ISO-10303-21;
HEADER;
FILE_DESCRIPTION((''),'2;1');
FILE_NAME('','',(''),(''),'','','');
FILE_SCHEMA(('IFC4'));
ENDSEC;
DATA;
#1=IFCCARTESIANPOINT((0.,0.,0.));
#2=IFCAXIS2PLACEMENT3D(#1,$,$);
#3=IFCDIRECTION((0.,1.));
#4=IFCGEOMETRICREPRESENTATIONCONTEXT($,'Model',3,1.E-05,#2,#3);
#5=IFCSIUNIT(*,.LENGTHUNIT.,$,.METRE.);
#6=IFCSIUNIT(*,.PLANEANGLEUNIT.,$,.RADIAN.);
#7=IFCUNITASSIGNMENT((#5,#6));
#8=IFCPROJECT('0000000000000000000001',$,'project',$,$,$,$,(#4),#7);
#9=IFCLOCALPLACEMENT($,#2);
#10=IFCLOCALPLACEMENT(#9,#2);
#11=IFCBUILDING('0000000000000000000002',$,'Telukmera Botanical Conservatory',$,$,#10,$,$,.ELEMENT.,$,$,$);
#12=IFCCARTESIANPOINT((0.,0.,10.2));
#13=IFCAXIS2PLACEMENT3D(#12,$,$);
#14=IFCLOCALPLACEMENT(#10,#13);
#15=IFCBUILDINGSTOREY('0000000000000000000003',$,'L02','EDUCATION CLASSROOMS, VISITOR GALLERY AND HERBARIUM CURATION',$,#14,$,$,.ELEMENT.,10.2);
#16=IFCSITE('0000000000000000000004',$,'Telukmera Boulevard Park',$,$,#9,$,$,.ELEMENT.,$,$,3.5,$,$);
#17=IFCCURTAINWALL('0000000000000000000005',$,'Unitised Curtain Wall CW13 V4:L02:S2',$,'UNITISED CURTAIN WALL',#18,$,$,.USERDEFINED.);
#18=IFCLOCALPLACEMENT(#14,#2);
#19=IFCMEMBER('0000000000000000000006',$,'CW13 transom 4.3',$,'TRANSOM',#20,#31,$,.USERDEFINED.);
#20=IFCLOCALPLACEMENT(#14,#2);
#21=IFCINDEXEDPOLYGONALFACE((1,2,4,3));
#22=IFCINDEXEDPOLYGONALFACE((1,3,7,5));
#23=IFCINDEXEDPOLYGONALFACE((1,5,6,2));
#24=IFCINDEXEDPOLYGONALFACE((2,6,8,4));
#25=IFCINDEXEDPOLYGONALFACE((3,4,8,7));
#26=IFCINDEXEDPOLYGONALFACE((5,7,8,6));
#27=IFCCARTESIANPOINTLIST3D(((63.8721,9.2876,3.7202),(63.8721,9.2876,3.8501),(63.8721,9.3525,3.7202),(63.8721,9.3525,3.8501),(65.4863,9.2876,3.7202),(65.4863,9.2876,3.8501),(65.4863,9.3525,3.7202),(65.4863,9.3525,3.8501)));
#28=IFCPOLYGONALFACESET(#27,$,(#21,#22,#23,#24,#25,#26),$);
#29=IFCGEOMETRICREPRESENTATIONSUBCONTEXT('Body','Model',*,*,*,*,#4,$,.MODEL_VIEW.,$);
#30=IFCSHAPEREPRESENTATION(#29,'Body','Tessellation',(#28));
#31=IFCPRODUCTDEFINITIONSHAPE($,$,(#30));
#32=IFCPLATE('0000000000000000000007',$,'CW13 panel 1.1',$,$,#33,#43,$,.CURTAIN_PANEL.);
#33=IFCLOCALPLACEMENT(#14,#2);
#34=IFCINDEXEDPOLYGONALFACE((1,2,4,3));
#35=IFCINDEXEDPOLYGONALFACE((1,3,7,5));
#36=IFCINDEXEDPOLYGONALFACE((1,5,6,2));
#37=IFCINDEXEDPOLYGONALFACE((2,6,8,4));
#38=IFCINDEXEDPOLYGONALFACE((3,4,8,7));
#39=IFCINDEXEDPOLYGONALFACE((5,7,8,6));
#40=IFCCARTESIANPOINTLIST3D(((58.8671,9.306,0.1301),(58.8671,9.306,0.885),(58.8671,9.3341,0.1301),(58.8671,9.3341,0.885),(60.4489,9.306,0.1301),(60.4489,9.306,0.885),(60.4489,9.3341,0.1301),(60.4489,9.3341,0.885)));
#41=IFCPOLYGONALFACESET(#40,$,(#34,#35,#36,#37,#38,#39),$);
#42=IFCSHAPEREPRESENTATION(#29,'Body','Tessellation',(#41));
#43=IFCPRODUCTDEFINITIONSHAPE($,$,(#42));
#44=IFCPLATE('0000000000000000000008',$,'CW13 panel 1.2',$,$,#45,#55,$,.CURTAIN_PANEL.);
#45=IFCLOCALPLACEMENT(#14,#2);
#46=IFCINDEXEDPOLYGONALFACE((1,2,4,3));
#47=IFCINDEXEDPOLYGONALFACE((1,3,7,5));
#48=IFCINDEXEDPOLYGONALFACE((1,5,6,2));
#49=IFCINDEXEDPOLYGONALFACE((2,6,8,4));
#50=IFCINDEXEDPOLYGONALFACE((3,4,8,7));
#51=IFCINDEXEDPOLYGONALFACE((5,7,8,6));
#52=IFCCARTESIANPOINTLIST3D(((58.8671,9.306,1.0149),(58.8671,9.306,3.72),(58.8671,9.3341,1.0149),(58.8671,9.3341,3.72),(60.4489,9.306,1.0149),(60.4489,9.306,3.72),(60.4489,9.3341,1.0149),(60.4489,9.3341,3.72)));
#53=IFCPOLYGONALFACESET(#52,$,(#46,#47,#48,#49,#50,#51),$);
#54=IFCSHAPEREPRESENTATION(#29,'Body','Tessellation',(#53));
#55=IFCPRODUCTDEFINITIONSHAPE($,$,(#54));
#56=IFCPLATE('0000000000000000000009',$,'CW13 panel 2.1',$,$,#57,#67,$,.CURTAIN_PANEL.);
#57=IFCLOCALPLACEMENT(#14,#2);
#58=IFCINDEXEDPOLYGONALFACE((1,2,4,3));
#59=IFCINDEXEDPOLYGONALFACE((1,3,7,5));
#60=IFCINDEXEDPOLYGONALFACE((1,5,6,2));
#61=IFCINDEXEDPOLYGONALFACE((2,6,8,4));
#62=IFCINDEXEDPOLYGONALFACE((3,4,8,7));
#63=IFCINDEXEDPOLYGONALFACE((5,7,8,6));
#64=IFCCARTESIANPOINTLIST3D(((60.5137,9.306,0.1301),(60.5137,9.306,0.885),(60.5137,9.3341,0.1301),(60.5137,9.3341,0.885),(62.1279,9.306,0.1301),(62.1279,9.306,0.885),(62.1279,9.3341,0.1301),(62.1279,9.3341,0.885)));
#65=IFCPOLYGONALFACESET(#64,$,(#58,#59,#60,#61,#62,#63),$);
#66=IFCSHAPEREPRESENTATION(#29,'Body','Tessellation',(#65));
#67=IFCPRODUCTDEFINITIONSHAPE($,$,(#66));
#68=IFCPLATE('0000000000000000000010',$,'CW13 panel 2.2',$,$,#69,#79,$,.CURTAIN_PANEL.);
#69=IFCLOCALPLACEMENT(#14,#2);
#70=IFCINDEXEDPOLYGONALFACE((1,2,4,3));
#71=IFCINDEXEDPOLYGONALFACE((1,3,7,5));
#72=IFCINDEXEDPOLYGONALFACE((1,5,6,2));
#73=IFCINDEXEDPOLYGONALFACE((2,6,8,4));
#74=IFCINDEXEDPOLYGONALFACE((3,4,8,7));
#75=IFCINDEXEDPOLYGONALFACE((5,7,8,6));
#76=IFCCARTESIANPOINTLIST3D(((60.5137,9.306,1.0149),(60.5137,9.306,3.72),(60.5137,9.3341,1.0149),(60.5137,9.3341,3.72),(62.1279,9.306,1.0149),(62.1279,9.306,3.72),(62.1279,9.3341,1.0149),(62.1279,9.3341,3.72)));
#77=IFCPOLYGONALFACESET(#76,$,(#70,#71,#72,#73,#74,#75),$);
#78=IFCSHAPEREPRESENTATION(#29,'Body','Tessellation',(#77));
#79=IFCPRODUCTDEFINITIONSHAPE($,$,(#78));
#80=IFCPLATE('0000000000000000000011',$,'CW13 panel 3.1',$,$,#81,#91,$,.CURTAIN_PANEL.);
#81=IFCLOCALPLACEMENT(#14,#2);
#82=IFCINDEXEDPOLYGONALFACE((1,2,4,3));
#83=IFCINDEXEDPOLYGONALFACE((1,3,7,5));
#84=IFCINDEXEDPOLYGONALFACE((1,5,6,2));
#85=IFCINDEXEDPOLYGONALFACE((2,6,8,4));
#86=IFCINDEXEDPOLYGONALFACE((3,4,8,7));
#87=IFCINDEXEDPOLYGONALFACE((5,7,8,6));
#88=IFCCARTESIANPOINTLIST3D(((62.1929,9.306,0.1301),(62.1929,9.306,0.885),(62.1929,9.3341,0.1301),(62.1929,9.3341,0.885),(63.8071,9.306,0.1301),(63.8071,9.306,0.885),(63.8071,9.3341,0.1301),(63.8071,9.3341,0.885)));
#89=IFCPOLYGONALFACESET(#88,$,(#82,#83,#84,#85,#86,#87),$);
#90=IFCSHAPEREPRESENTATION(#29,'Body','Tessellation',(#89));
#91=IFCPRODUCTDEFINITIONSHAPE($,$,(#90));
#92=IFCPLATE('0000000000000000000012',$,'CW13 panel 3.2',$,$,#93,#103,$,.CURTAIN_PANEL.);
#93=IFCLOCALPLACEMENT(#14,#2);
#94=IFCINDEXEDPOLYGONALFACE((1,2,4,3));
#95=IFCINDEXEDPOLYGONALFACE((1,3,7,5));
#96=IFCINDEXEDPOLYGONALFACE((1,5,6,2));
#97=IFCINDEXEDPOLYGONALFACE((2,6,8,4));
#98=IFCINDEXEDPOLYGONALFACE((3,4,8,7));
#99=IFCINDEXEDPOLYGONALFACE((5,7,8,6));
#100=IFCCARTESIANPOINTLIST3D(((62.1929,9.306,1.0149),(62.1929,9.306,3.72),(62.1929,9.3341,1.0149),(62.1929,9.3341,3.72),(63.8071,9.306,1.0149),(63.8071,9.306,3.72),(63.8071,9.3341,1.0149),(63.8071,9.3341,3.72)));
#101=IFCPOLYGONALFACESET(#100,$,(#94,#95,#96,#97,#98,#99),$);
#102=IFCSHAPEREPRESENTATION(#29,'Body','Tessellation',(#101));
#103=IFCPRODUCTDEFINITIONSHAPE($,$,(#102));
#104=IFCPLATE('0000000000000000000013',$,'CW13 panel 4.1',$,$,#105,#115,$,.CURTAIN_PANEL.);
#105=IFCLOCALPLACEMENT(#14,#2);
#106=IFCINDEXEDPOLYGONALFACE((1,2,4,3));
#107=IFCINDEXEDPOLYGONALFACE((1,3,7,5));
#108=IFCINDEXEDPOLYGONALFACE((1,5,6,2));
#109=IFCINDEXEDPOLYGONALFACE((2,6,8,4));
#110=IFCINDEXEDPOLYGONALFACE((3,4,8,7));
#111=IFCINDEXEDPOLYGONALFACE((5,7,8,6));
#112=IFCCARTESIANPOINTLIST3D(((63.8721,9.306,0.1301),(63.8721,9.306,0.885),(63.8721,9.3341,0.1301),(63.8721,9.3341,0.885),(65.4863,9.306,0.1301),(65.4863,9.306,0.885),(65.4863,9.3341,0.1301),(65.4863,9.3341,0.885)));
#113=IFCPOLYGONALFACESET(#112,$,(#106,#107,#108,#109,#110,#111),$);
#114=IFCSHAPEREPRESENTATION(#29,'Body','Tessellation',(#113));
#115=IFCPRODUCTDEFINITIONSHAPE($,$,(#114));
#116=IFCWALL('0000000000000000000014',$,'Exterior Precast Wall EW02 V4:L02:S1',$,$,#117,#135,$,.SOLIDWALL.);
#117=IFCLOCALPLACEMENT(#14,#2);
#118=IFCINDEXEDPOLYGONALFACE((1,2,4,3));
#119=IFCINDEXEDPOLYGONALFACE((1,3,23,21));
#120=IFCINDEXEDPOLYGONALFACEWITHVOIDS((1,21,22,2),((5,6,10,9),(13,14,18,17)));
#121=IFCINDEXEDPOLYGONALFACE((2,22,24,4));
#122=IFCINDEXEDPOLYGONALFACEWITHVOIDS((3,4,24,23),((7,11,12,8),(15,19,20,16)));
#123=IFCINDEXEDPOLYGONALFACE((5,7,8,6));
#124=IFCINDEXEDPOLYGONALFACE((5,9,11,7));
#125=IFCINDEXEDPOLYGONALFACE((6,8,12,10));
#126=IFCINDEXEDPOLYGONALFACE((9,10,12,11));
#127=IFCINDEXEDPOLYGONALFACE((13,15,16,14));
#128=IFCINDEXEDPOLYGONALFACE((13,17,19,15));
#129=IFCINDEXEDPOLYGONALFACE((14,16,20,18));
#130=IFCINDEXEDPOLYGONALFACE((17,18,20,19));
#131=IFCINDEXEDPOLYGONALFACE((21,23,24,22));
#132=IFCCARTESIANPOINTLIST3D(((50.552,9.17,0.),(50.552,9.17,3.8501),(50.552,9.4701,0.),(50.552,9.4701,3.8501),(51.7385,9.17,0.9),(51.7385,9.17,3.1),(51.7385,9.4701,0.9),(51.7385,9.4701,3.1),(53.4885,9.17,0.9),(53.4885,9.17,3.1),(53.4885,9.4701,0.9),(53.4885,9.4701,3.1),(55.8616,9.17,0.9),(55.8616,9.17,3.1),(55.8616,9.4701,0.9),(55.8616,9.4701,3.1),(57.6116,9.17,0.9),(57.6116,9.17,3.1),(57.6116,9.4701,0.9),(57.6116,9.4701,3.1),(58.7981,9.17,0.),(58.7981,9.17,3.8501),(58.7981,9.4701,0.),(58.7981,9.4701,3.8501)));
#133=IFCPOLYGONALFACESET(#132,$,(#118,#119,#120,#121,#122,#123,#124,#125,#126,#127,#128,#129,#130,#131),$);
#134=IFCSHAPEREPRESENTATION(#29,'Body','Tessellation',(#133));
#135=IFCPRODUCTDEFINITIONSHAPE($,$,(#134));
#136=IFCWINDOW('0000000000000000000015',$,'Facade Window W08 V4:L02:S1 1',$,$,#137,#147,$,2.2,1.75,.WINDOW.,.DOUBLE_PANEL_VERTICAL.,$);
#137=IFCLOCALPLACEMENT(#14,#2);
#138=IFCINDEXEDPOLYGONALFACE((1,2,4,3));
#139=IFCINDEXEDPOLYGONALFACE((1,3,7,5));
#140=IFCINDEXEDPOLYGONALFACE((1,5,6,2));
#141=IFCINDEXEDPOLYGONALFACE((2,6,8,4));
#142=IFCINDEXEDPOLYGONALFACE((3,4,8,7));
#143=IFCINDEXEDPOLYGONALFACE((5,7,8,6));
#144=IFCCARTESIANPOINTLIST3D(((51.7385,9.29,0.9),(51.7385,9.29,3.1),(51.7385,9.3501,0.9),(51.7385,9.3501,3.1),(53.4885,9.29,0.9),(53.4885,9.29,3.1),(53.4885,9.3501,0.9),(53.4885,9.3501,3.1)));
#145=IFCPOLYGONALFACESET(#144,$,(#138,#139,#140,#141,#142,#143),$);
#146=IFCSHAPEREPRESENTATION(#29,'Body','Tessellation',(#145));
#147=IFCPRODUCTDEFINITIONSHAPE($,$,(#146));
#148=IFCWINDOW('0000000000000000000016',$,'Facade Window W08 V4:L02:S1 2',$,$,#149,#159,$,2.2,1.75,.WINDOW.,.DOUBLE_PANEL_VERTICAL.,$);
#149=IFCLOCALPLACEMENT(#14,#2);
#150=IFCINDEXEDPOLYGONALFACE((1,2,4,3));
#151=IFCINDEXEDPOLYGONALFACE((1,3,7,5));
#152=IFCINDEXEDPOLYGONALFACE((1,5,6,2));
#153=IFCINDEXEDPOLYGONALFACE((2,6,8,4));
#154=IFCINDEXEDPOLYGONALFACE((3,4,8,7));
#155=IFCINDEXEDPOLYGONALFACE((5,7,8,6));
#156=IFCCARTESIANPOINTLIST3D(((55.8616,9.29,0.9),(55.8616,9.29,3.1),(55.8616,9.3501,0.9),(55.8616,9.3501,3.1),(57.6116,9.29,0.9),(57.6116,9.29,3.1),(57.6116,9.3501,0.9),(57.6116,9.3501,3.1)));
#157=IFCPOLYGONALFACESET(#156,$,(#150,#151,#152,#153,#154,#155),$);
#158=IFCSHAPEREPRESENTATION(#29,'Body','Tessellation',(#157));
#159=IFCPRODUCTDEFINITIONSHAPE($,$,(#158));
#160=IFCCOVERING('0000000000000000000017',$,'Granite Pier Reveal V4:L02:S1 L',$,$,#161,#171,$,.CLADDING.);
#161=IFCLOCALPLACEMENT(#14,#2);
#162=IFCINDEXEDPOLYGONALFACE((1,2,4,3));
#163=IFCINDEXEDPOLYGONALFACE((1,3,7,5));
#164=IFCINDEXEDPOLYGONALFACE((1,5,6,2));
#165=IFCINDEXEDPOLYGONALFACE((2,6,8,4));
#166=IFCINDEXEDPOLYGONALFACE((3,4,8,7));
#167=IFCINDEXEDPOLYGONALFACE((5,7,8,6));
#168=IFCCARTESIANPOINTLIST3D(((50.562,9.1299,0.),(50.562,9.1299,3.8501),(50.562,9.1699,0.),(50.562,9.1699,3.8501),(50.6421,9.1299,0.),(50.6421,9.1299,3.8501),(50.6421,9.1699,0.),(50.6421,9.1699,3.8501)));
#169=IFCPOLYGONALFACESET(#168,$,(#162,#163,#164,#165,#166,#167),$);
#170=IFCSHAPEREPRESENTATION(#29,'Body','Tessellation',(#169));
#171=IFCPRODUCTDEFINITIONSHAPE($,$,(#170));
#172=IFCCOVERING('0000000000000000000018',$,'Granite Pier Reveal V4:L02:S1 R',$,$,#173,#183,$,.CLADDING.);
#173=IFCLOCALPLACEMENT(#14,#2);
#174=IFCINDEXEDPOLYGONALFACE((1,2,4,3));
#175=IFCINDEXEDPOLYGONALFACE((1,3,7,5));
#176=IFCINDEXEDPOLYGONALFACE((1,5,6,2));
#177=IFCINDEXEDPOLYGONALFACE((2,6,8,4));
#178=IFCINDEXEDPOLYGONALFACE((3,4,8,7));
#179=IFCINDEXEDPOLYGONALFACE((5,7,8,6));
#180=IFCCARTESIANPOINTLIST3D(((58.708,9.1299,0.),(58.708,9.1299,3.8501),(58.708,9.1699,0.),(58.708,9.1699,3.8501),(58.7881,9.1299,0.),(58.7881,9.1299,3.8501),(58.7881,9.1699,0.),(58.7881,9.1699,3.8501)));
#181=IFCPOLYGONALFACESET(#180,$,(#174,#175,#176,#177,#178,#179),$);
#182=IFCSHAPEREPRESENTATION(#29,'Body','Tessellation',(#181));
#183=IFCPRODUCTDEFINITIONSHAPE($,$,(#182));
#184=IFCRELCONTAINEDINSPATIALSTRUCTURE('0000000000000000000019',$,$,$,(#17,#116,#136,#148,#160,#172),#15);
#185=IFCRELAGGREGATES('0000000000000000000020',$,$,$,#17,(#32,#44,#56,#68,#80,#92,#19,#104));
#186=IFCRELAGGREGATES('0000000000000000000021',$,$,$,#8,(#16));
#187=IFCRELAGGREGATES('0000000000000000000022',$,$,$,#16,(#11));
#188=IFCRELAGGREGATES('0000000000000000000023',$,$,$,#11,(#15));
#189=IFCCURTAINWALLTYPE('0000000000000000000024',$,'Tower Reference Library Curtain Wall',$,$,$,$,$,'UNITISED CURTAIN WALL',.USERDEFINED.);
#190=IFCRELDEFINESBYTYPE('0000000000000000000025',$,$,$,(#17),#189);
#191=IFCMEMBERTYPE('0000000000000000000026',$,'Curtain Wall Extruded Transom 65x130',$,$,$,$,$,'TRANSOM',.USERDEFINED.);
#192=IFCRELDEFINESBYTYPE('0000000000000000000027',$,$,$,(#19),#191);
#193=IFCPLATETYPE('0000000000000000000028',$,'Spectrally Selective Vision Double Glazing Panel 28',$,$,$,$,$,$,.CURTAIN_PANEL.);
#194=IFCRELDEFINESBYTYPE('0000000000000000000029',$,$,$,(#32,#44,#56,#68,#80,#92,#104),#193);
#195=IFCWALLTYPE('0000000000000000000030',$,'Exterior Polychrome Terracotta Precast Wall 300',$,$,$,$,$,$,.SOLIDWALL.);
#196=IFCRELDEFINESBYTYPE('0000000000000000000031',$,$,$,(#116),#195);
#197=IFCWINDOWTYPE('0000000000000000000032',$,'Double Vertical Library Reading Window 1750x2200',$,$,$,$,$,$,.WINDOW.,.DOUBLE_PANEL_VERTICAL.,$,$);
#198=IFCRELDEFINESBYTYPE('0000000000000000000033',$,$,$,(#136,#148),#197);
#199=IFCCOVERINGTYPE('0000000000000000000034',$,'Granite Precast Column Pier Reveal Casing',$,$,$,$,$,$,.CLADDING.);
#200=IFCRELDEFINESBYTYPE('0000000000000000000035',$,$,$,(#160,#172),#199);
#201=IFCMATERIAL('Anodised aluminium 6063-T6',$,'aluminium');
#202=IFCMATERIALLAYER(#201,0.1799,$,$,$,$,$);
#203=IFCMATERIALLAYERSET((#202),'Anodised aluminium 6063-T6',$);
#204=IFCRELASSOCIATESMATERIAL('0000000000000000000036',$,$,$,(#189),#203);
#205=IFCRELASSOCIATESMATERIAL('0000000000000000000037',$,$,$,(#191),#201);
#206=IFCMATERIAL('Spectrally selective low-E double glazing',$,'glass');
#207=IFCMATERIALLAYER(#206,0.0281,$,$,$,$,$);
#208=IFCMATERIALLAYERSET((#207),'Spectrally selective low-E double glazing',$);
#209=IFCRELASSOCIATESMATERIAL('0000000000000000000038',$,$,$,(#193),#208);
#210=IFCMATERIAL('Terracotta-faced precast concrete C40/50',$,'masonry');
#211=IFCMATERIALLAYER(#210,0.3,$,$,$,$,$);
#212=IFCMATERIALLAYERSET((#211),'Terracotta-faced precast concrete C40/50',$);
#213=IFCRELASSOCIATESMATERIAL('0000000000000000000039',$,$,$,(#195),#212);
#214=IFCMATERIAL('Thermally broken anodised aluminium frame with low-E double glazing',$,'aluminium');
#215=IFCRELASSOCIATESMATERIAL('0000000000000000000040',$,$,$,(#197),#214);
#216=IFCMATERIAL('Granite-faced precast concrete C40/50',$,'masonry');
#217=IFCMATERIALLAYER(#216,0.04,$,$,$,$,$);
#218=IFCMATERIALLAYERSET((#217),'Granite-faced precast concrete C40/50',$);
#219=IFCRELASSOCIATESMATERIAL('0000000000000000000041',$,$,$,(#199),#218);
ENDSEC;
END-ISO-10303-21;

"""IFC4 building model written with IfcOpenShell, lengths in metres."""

from ifc_helpers import new_model, si_unit, direction, frame, frame_2d, origin, origin_2d, place, context, subcontext, project, spatial, rectangle, extrude, material, layer, layer_set, material_profile, profile_set, type_object, element, fill, aggregate, save


model = new_model("IFC4")

# Units and contexts
model_context = context("Model", 3, precision=1e-05, world=origin(), true_north=direction((0.0, 1.0)))
body_context = subcontext(model_context, "Body", "Model", "MODEL_VIEW")
ifc_project = project(units=[si_unit("LENGTHUNIT", "METRE"), si_unit("PLANEANGLEUNIT", "RADIAN")], contexts=[model_context])

# Site, building, storey
site_placement = place(None, origin())
site = spatial("IfcSite", under=ifc_project, at=site_placement, Name="Telukmera Boulevard Park", CompositionType="ELEMENT", RefElevation=3.5)
building_placement = place(site_placement, origin())
building = spatial("IfcBuilding", under=site, at=building_placement, Name="Telukmera Botanical Conservatory", CompositionType="ELEMENT")
storey_placement = place(building_placement, frame((0.0, 0.0, 10.2)))
storey = spatial("IfcBuildingStorey", under=building, at=storey_placement, Name="L02", Description="EDUCATION CLASSROOMS, VISITOR GALLERY AND HERBARIUM CURATION", CompositionType="ELEMENT", Elevation=10.2)

# Curtain wall, member, plates
ifc_material_1 = material(Name="Anodised aluminium 6063-T6", Category="aluminium")
ifc_layer_1 = layer(ifc_material_1, 0.1799)
ifc_layer_set_1 = layer_set([ifc_layer_1], Name="Anodised aluminium 6063-T6")
curtain_wall_type = type_object("IfcCurtainWallType", Name="Tower Reference Library Curtain Wall", ElementType="UNITISED CURTAIN WALL", PredefinedType="USERDEFINED", material=ifc_layer_set_1)
curtain_wall_placement = place(storey_placement, origin())
curtain_wall = element("IfcCurtainWall", 1, at=curtain_wall_placement, inside=storey, type_object=curtain_wall_type, Name="Unitised Curtain Wall CW13 V4:L02:S2", ObjectType="UNITISED CURTAIN WALL", PredefinedType="USERDEFINED")
ifc_material_profile_1 = material_profile(ifc_material_1, rectangle(XDim=0.0649, YDim=0.1299, at=origin_2d()), Name="ALU TRAN 65x130")
ifc_profile_set_1 = profile_set([ifc_material_profile_1], Name="Anodised aluminium 6063-T6")
member_type_1 = type_object("IfcMemberType", Name="Curtain Wall Extruded Transom 65x130", ElementType="TRANSOM", PredefinedType="USERDEFINED", material=ifc_profile_set_1)
member_1_placement = place(storey_placement, frame((63.8721, 9.3201, 3.7852), z_axis=(1.0, 0.0, 0.0), x_axis=(0.0, 1.0, 0.0)))
member_1 = element("IfcMember", 2, at=member_1_placement, type_object=member_type_1, Name="CW13 transom 4.3", ObjectType="TRANSOM", PredefinedType="USERDEFINED", context=body_context, shape_type="SweptSolid", body=[
    extrude(rectangle(XDim=0.0649, YDim=0.1299, at=origin_2d()), origin(), (0.0, 0.0, 1.0), 1.6143),
])
ifc_material_2 = material(Name="Spectrally selective low-E double glazing", Category="glass")
ifc_layer_2 = layer(ifc_material_2, 0.0281)
ifc_layer_set_2 = layer_set([ifc_layer_2], Name="Spectrally selective low-E double glazing")
plate_type = type_object("IfcPlateType", Name="Spectrally Selective Vision Double Glazing Panel 28", PredefinedType="CURTAIN_PANEL", material=ifc_layer_set_2)
plate_1_placement = place(storey_placement, frame((59.658, 9.3201, 0.1301), z_axis=(0.0, 0.0, 1.0), x_axis=(1.0, 0.0, 0.0)))
plate_1 = element("IfcPlate", 3, at=plate_1_placement, type_object=plate_type, Name="CW13 panel 1.1", PredefinedType="CURTAIN_PANEL", context=body_context, shape_type="SweptSolid", body=[
    extrude(rectangle(XDim=1.5818, YDim=0.0281, at=origin_2d()), origin(), (0.0, 0.0, 1.0), 0.7549),
])
plate_2_placement = place(storey_placement, frame((59.658, 9.3201, 1.0149), z_axis=(0.0, 0.0, 1.0), x_axis=(1.0, 0.0, 0.0)))
plate_2 = element("IfcPlate", 4, at=plate_2_placement, type_object=plate_type, Name="CW13 panel 1.2", PredefinedType="CURTAIN_PANEL", context=body_context, shape_type="SweptSolid", body=[
    extrude(rectangle(XDim=1.5818, YDim=0.0281, at=origin_2d()), origin(), (0.0, 0.0, 1.0), 2.7051),
])
plate_3_placement = place(storey_placement, frame((61.3208, 9.3201, 0.1301), z_axis=(0.0, 0.0, 1.0), x_axis=(1.0, 0.0, 0.0)))
plate_3 = element("IfcPlate", 5, at=plate_3_placement, type_object=plate_type, Name="CW13 panel 2.1", PredefinedType="CURTAIN_PANEL", context=body_context, shape_type="SweptSolid", body=[
    extrude(rectangle(XDim=1.6143, YDim=0.0281, at=origin_2d()), origin(), (0.0, 0.0, 1.0), 0.7549),
])
plate_4_placement = place(storey_placement, frame((61.3208, 9.3201, 1.0149), z_axis=(0.0, 0.0, 1.0), x_axis=(1.0, 0.0, 0.0)))
plate_4 = element("IfcPlate", 6, at=plate_4_placement, type_object=plate_type, Name="CW13 panel 2.2", PredefinedType="CURTAIN_PANEL", context=body_context, shape_type="SweptSolid", body=[
    extrude(rectangle(XDim=1.6143, YDim=0.0281, at=origin_2d()), origin(), (0.0, 0.0, 1.0), 2.7051),
])
plate_5_placement = place(storey_placement, frame((63.0, 9.3201, 0.1301), z_axis=(0.0, 0.0, 1.0), x_axis=(1.0, 0.0, 0.0)))
plate_5 = element("IfcPlate", 7, at=plate_5_placement, type_object=plate_type, Name="CW13 panel 3.1", PredefinedType="CURTAIN_PANEL", context=body_context, shape_type="SweptSolid", body=[
    extrude(rectangle(XDim=1.6143, YDim=0.0281, at=origin_2d()), origin(), (0.0, 0.0, 1.0), 0.7549),
])
plate_6_placement = place(storey_placement, frame((63.0, 9.3201, 1.0149), z_axis=(0.0, 0.0, 1.0), x_axis=(1.0, 0.0, 0.0)))
plate_6 = element("IfcPlate", 8, at=plate_6_placement, type_object=plate_type, Name="CW13 panel 3.2", PredefinedType="CURTAIN_PANEL", context=body_context, shape_type="SweptSolid", body=[
    extrude(rectangle(XDim=1.6143, YDim=0.0281, at=origin_2d()), origin(), (0.0, 0.0, 1.0), 2.7051),
])
plate_7_placement = place(storey_placement, frame((64.6792, 9.3201, 0.1301), z_axis=(0.0, 0.0, 1.0), x_axis=(1.0, 0.0, 0.0)))
plate_7 = element("IfcPlate", 9, at=plate_7_placement, type_object=plate_type, Name="CW13 panel 4.1", PredefinedType="CURTAIN_PANEL", context=body_context, shape_type="SweptSolid", body=[
    extrude(rectangle(XDim=1.6143, YDim=0.0281, at=origin_2d()), origin(), (0.0, 0.0, 1.0), 0.7549),
])
aggregate(curtain_wall, [plate_1, plate_2, plate_3, plate_4, plate_5, plate_6, member_1, plate_7])

# Wall, openings, windows
ifc_material_3 = material(Name="Terracotta-faced precast concrete C40/50", Category="masonry")
ifc_layer_3 = layer(ifc_material_3, 0.3)
ifc_layer_set_3 = layer_set([ifc_layer_3], Name="Terracotta-faced precast concrete C40/50")
wall_type = type_object("IfcWallType", Name="Exterior Polychrome Terracotta Precast Wall 300", PredefinedType="SOLIDWALL", material=ifc_layer_set_3)
wall_placement = place(storey_placement, frame((50.552, 9.3201, 0.0), z_axis=(0.0, 0.0, 1.0), x_axis=(1.0, 0.0, 0.0)))
wall = element("IfcWall", 10, at=wall_placement, inside=storey, type_object=wall_type, Name="Exterior Precast Wall EW02 V4:L02:S1", PredefinedType="SOLIDWALL", context=body_context, shape_type="SweptSolid", body=[
    extrude(rectangle(XDim=8.2461, YDim=0.3, at=frame_2d((4.123, 0.0))), origin(), (0.0, 0.0, 1.0), 3.8501),
])
opening_1_placement = place(wall_placement, frame((1.1865, 0.0, 0.8999)))
opening_1 = element("IfcOpeningElement", 11, at=opening_1_placement, cuts=wall, PredefinedType="OPENING", context=body_context, shape_type="SweptSolid", body=[
    extrude(rectangle(XDim=1.75, YDim=2.2, at=frame_2d((0.875, 1.1001))), frame((0.0, 0.1599, 0.0), z_axis=(0.0, -1.0, 0.0), x_axis=(1.0, 0.0, 0.0)), (0.0, 0.0, 1.0), 0.3201),
])
opening_2_placement = place(wall_placement, frame((5.3096, 0.0, 0.8999)))
opening_2 = element("IfcOpeningElement", 12, at=opening_2_placement, cuts=wall, PredefinedType="OPENING", context=body_context, shape_type="SweptSolid", body=[
    extrude(rectangle(XDim=1.75, YDim=2.2, at=frame_2d((0.875, 1.1001))), frame((0.0, 0.1599, 0.0), z_axis=(0.0, -1.0, 0.0), x_axis=(1.0, 0.0, 0.0)), (0.0, 0.0, 1.0), 0.3201),
])
ifc_material_4 = material(Name="Thermally broken anodised aluminium frame with low-E double glazing", Category="aluminium")
window_type = type_object("IfcWindowType", Name="Double Vertical Library Reading Window 1750x2200", PartitioningType="DOUBLE_PANEL_VERTICAL", PredefinedType="WINDOW", material=ifc_material_4)
window_1_placement = place(opening_1_placement, origin())
window_1 = element("IfcWindow", 13, at=window_1_placement, inside=storey, type_object=window_type, Name="Facade Window W08 V4:L02:S1 1", OverallHeight=2.2, OverallWidth=1.75, PartitioningType="DOUBLE_PANEL_VERTICAL", PredefinedType="WINDOW", context=body_context, shape_type="SweptSolid", body=[
    extrude(rectangle(XDim=1.75, YDim=2.2, at=frame_2d((0.875, 1.1001))), frame((0.0, 0.03, 0.0), z_axis=(0.0, -1.0, 0.0), x_axis=(1.0, 0.0, 0.0)), (0.0, 0.0, 1.0), 0.0601),
])
fill(opening_1, window_1)
window_2_placement = place(opening_2_placement, origin())
window_2 = element("IfcWindow", 14, at=window_2_placement, inside=storey, type_object=window_type, Name="Facade Window W08 V4:L02:S1 2", OverallHeight=2.2, OverallWidth=1.75, PartitioningType="DOUBLE_PANEL_VERTICAL", PredefinedType="WINDOW", context=body_context, shape_type="SweptSolid", body=[
    extrude(rectangle(XDim=1.75, YDim=2.2, at=frame_2d((0.875, 1.1001))), frame((0.0, 0.03, 0.0), z_axis=(0.0, -1.0, 0.0), x_axis=(1.0, 0.0, 0.0)), (0.0, 0.0, 1.0), 0.0601),
])
fill(opening_2, window_2)

# Coverings
ifc_material_5 = material(Name="Granite-faced precast concrete C40/50", Category="masonry")
ifc_layer_4 = layer(ifc_material_5, 0.04)
ifc_layer_set_4 = layer_set([ifc_layer_4], Name="Granite-faced precast concrete C40/50")
covering_type_1 = type_object("IfcCoveringType", Name="Granite Precast Column Pier Reveal Casing", PredefinedType="CLADDING", material=ifc_layer_set_4)
for number, where, z_axis, x_axis, name in (
    (15, (50.6021, 9.1499, 0.0), (0.0, 0.0, 1.0), (1.0, 0.0, 0.0), "Granite Pier Reveal V4:L02:S1 L"),
    (16, (58.748, 9.1499, 0.0), (0.0, 0.0, 1.0), (1.0, 0.0, 0.0), "Granite Pier Reveal V4:L02:S1 R"),
):
    element("IfcCovering", number, at=place(storey_placement, frame(where, z_axis=z_axis, x_axis=x_axis)), inside=storey, type_object=covering_type_1, Name=name, PredefinedType="CLADDING", context=body_context, shape_type="SweptSolid", body=[
        extrude(rectangle(XDim=0.0801, YDim=0.04, at=origin_2d()), origin(), (0.0, 0.0, 1.0), 3.8501),
    ])

save(model, "model.ifc")
